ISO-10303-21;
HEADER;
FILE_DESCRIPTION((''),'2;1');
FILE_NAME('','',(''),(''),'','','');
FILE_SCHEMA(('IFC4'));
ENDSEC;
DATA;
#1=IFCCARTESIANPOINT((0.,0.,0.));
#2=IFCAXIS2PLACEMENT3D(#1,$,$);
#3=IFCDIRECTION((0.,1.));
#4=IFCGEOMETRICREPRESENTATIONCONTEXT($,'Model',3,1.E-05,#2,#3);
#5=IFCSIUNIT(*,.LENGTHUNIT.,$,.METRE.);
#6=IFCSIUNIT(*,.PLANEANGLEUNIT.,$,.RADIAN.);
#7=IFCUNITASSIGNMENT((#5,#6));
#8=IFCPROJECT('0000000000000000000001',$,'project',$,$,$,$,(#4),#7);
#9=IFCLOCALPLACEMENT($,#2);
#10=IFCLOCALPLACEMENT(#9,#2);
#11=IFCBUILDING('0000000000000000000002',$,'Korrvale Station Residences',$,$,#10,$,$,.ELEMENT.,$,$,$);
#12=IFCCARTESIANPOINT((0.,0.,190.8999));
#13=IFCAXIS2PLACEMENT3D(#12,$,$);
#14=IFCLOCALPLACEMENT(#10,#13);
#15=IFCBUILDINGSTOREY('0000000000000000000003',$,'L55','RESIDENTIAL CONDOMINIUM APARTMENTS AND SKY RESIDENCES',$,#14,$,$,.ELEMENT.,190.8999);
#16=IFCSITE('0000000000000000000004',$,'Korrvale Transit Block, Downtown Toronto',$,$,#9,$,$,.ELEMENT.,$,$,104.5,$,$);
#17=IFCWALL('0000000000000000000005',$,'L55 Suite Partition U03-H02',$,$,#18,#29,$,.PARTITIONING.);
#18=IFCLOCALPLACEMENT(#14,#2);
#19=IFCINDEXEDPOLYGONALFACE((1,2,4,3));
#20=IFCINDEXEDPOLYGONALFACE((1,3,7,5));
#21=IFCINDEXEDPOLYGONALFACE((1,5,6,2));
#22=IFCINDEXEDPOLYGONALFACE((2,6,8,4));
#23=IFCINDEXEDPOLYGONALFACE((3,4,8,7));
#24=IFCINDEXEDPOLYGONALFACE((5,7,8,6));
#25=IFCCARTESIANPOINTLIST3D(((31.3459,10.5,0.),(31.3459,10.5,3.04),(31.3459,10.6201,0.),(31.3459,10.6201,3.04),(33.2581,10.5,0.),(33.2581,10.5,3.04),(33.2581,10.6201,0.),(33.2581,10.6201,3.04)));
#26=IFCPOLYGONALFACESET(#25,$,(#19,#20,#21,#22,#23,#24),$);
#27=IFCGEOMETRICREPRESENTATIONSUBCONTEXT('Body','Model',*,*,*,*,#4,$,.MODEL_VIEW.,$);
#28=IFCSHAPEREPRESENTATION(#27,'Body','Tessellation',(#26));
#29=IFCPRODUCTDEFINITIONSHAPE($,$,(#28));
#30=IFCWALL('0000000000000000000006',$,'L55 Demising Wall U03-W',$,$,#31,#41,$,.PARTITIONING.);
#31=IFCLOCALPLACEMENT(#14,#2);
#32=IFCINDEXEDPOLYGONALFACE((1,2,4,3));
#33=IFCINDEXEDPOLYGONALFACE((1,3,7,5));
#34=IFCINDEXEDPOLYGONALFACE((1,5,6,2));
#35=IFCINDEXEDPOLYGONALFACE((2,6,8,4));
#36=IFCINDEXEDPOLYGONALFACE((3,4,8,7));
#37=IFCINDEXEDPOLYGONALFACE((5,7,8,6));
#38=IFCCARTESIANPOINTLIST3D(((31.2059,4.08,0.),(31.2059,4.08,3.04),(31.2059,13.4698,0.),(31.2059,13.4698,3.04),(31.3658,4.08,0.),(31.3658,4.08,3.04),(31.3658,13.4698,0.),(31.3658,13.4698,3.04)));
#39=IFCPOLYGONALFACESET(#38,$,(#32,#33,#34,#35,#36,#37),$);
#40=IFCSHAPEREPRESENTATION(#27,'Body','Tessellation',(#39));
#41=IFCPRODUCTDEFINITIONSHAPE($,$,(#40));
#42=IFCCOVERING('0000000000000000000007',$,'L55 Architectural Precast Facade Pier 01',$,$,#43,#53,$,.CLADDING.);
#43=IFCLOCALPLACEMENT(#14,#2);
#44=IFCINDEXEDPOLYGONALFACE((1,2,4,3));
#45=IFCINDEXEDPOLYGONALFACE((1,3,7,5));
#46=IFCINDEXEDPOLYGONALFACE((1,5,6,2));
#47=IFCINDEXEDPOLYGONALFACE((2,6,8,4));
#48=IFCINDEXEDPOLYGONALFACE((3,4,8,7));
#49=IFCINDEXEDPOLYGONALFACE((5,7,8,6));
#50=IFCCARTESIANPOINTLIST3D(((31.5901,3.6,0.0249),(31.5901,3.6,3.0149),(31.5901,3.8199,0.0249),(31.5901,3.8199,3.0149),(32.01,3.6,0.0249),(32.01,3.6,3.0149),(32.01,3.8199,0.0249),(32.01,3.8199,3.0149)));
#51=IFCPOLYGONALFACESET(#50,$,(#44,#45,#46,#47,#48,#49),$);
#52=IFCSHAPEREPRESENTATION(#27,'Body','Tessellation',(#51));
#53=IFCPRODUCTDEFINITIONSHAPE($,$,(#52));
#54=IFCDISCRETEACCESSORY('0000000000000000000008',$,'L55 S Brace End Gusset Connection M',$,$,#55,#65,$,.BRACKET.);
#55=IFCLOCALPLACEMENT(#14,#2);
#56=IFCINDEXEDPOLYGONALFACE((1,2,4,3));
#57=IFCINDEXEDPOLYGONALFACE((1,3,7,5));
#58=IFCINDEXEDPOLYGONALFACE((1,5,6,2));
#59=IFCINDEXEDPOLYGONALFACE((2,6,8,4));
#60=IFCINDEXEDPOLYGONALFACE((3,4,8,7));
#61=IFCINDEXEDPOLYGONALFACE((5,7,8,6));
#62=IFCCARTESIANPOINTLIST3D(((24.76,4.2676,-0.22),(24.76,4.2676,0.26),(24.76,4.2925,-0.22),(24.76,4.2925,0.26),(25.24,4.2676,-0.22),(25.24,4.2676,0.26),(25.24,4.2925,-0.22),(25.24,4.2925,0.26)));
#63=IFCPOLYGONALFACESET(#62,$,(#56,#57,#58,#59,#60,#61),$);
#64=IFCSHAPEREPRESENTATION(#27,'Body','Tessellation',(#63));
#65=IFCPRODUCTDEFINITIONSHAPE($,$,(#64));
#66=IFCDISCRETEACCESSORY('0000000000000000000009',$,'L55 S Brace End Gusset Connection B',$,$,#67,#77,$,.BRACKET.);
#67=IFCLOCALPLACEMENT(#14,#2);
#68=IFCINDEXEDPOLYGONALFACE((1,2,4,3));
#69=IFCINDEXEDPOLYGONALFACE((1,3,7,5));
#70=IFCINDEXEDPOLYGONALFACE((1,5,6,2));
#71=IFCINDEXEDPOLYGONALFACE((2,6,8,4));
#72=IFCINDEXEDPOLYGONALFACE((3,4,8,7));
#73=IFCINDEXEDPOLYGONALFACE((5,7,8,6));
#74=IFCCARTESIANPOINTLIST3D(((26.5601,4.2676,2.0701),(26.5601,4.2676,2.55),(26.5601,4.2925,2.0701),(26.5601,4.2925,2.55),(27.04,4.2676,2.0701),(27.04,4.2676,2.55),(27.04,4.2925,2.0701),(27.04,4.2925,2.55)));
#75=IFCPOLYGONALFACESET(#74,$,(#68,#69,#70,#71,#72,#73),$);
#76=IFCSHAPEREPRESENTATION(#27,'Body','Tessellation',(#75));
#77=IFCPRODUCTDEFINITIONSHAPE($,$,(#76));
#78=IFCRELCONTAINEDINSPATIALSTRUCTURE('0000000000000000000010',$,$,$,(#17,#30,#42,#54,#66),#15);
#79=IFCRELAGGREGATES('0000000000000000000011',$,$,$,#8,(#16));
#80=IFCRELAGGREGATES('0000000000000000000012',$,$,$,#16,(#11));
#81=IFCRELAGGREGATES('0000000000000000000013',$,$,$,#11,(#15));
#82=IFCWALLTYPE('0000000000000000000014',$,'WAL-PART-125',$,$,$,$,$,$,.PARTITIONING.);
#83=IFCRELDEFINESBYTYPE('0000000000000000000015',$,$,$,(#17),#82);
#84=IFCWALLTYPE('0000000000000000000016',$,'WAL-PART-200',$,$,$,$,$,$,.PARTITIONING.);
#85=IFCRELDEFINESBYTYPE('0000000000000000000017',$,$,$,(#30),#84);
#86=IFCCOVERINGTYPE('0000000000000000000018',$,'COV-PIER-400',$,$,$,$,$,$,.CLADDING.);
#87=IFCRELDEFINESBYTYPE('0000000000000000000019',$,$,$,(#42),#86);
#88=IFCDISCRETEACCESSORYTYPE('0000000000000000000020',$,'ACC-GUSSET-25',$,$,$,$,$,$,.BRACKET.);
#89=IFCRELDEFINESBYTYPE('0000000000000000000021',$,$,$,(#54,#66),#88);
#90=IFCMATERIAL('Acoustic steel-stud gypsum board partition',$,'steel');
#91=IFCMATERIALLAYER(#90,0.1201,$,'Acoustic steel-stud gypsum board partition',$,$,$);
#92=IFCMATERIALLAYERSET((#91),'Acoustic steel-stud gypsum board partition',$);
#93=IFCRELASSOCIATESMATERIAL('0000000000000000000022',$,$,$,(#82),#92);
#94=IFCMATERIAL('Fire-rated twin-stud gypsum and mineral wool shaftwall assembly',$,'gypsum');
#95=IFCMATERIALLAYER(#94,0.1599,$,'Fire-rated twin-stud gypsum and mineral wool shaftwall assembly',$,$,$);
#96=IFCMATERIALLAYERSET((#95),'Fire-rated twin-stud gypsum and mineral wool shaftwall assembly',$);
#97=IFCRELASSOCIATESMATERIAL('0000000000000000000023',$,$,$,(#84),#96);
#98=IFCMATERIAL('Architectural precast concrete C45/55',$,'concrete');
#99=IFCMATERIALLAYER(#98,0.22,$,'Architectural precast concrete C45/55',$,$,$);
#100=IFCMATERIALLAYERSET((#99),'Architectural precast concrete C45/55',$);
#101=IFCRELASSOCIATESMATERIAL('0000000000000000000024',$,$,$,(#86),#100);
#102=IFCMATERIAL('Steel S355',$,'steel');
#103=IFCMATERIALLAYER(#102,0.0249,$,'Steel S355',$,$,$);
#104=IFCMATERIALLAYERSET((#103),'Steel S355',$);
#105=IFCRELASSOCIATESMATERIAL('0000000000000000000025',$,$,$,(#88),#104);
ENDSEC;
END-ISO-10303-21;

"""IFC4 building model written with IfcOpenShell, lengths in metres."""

from ifc_helpers import new_model, si_unit, direction, frame, frame_2d, origin, origin_2d, place, context, subcontext, project, spatial, rectangle, extrude, material, layer, layer_set, type_object, element, save


model = new_model("IFC4")

# Units and contexts
model_context = context("Model", 3, precision=1e-05, world=origin(), true_north=direction((0.0, 1.0)))
body_context = subcontext(model_context, "Body", "Model", "MODEL_VIEW")
ifc_project = project(units=[si_unit("LENGTHUNIT", "METRE"), si_unit("PLANEANGLEUNIT", "RADIAN")], contexts=[model_context])

# Site, building, storey
site_placement = place(None, origin())
site = spatial("IfcSite", under=ifc_project, at=site_placement, Name="Korrvale Transit Block, Downtown Toronto", CompositionType="ELEMENT", RefElevation=104.5)
building_placement = place(site_placement, origin())
building = spatial("IfcBuilding", under=site, at=building_placement, Name="Korrvale Station Residences", CompositionType="ELEMENT")
storey_placement = place(building_placement, frame((0.0, 0.0, 190.8999)))
storey = spatial("IfcBuildingStorey", under=building, at=storey_placement, Name="L55", Description="RESIDENTIAL CONDOMINIUM APARTMENTS AND SKY RESIDENCES", CompositionType="ELEMENT", Elevation=190.8999)

# Shared definitions
ifc_material_1 = material(Name="Steel S355", Category="steel")

# Shared definitions
ifc_material_2 = material(Name="Acoustic steel-stud gypsum board partition", Category="steel")
ifc_layer_1 = layer(ifc_material_2, 0.1201, Name="Acoustic steel-stud gypsum board partition")
ifc_layer_set_1 = layer_set([ifc_layer_1], Name="Acoustic steel-stud gypsum board partition")
wall_type_1 = type_object("IfcWallType", Name="WAL-PART-125", PredefinedType="PARTITIONING", material=ifc_layer_set_1)

# Walls
wall_1_placement = place(storey_placement, frame((31.3459, 10.5601, 0.0), z_axis=(0.0, 0.0, 1.0), x_axis=(1.0, 0.0, 0.0)))
element("IfcWall", 1, at=wall_1_placement, inside=storey, type_object=wall_type_1, Name="L55 Suite Partition U03-H02", PredefinedType="PARTITIONING", context=body_context, shape_type="SweptSolid", body=[
    extrude(rectangle(XDim=1.9121, YDim=0.1201, at=frame_2d((0.9561, 0.0))), origin(), (0.0, 0.0, 1.0), 3.04),
])
ifc_material_3 = material(Name="Fire-rated twin-stud gypsum and mineral wool shaftwall assembly", Category="gypsum")
ifc_layer_2 = layer(ifc_material_3, 0.1599, Name="Fire-rated twin-stud gypsum and mineral wool shaftwall assembly")
ifc_layer_set_2 = layer_set([ifc_layer_2], Name="Fire-rated twin-stud gypsum and mineral wool shaftwall assembly")
wall_type_2 = type_object("IfcWallType", Name="WAL-PART-200", PredefinedType="PARTITIONING", material=ifc_layer_set_2)
wall_2_placement = place(storey_placement, frame((31.2859, 4.0801, 0.0), z_axis=(0.0, 0.0, 1.0), x_axis=(0.0, 1.0, 0.0)))
element("IfcWall", 2, at=wall_2_placement, inside=storey, type_object=wall_type_2, Name="L55 Demising Wall U03-W", PredefinedType="PARTITIONING", context=body_context, shape_type="SweptSolid", body=[
    extrude(rectangle(XDim=9.3899, YDim=0.1599, at=frame_2d((4.6948, 0.0))), origin(), (0.0, 0.0, 1.0), 3.04),
])

# Covering
ifc_material_4 = material(Name="Architectural precast concrete C45/55", Category="concrete")
ifc_layer_3 = layer(ifc_material_4, 0.22, Name="Architectural precast concrete C45/55")
ifc_layer_set_3 = layer_set([ifc_layer_3], Name="Architectural precast concrete C45/55")
covering_type = type_object("IfcCoveringType", Name="COV-PIER-400", PredefinedType="CLADDING", material=ifc_layer_set_3)
covering_placement = place(storey_placement, frame((31.8, 3.71, 0.0249), z_axis=(0.0, 0.0, 1.0), x_axis=(1.0, 0.0, 0.0)))
element("IfcCovering", 3, at=covering_placement, inside=storey, type_object=covering_type, Name="L55 Architectural Precast Facade Pier 01", PredefinedType="CLADDING", context=body_context, shape_type="SweptSolid", body=[
    extrude(rectangle(XDim=0.4199, YDim=0.22, at=origin_2d()), origin(), (0.0, 0.0, 1.0), 2.99),
])

# Discrete accessories
ifc_layer_4 = layer(ifc_material_1, 0.0249, Name="Steel S355")
ifc_layer_set_4 = layer_set([ifc_layer_4], Name="Steel S355")
discrete_accessory_type = type_object("IfcDiscreteAccessoryType", Name="ACC-GUSSET-25", PredefinedType="BRACKET", material=ifc_layer_set_4)
for number, where, z_axis, x_axis, name in (
    (4, (25.0, 4.28, -0.22), (0.0, 0.0, 1.0), (1.0, 0.0, 0.0), "L55 S Brace End Gusset Connection M"),
    (5, (26.8, 4.28, 2.0701), (0.0, 0.0, 1.0), (1.0, 0.0, 0.0), "L55 S Brace End Gusset Connection B"),
):
    element("IfcDiscreteAccessory", number, at=place(storey_placement, frame(where, z_axis=z_axis, x_axis=x_axis)), inside=storey, type_object=discrete_accessory_type, Name=name, PredefinedType="BRACKET", context=body_context, shape_type="SweptSolid", body=[
        extrude(rectangle(XDim=0.48, YDim=0.0249, at=origin_2d()), origin(), (0.0, 0.0, 1.0), 0.48),
    ])

save(model, "model.ifc")
